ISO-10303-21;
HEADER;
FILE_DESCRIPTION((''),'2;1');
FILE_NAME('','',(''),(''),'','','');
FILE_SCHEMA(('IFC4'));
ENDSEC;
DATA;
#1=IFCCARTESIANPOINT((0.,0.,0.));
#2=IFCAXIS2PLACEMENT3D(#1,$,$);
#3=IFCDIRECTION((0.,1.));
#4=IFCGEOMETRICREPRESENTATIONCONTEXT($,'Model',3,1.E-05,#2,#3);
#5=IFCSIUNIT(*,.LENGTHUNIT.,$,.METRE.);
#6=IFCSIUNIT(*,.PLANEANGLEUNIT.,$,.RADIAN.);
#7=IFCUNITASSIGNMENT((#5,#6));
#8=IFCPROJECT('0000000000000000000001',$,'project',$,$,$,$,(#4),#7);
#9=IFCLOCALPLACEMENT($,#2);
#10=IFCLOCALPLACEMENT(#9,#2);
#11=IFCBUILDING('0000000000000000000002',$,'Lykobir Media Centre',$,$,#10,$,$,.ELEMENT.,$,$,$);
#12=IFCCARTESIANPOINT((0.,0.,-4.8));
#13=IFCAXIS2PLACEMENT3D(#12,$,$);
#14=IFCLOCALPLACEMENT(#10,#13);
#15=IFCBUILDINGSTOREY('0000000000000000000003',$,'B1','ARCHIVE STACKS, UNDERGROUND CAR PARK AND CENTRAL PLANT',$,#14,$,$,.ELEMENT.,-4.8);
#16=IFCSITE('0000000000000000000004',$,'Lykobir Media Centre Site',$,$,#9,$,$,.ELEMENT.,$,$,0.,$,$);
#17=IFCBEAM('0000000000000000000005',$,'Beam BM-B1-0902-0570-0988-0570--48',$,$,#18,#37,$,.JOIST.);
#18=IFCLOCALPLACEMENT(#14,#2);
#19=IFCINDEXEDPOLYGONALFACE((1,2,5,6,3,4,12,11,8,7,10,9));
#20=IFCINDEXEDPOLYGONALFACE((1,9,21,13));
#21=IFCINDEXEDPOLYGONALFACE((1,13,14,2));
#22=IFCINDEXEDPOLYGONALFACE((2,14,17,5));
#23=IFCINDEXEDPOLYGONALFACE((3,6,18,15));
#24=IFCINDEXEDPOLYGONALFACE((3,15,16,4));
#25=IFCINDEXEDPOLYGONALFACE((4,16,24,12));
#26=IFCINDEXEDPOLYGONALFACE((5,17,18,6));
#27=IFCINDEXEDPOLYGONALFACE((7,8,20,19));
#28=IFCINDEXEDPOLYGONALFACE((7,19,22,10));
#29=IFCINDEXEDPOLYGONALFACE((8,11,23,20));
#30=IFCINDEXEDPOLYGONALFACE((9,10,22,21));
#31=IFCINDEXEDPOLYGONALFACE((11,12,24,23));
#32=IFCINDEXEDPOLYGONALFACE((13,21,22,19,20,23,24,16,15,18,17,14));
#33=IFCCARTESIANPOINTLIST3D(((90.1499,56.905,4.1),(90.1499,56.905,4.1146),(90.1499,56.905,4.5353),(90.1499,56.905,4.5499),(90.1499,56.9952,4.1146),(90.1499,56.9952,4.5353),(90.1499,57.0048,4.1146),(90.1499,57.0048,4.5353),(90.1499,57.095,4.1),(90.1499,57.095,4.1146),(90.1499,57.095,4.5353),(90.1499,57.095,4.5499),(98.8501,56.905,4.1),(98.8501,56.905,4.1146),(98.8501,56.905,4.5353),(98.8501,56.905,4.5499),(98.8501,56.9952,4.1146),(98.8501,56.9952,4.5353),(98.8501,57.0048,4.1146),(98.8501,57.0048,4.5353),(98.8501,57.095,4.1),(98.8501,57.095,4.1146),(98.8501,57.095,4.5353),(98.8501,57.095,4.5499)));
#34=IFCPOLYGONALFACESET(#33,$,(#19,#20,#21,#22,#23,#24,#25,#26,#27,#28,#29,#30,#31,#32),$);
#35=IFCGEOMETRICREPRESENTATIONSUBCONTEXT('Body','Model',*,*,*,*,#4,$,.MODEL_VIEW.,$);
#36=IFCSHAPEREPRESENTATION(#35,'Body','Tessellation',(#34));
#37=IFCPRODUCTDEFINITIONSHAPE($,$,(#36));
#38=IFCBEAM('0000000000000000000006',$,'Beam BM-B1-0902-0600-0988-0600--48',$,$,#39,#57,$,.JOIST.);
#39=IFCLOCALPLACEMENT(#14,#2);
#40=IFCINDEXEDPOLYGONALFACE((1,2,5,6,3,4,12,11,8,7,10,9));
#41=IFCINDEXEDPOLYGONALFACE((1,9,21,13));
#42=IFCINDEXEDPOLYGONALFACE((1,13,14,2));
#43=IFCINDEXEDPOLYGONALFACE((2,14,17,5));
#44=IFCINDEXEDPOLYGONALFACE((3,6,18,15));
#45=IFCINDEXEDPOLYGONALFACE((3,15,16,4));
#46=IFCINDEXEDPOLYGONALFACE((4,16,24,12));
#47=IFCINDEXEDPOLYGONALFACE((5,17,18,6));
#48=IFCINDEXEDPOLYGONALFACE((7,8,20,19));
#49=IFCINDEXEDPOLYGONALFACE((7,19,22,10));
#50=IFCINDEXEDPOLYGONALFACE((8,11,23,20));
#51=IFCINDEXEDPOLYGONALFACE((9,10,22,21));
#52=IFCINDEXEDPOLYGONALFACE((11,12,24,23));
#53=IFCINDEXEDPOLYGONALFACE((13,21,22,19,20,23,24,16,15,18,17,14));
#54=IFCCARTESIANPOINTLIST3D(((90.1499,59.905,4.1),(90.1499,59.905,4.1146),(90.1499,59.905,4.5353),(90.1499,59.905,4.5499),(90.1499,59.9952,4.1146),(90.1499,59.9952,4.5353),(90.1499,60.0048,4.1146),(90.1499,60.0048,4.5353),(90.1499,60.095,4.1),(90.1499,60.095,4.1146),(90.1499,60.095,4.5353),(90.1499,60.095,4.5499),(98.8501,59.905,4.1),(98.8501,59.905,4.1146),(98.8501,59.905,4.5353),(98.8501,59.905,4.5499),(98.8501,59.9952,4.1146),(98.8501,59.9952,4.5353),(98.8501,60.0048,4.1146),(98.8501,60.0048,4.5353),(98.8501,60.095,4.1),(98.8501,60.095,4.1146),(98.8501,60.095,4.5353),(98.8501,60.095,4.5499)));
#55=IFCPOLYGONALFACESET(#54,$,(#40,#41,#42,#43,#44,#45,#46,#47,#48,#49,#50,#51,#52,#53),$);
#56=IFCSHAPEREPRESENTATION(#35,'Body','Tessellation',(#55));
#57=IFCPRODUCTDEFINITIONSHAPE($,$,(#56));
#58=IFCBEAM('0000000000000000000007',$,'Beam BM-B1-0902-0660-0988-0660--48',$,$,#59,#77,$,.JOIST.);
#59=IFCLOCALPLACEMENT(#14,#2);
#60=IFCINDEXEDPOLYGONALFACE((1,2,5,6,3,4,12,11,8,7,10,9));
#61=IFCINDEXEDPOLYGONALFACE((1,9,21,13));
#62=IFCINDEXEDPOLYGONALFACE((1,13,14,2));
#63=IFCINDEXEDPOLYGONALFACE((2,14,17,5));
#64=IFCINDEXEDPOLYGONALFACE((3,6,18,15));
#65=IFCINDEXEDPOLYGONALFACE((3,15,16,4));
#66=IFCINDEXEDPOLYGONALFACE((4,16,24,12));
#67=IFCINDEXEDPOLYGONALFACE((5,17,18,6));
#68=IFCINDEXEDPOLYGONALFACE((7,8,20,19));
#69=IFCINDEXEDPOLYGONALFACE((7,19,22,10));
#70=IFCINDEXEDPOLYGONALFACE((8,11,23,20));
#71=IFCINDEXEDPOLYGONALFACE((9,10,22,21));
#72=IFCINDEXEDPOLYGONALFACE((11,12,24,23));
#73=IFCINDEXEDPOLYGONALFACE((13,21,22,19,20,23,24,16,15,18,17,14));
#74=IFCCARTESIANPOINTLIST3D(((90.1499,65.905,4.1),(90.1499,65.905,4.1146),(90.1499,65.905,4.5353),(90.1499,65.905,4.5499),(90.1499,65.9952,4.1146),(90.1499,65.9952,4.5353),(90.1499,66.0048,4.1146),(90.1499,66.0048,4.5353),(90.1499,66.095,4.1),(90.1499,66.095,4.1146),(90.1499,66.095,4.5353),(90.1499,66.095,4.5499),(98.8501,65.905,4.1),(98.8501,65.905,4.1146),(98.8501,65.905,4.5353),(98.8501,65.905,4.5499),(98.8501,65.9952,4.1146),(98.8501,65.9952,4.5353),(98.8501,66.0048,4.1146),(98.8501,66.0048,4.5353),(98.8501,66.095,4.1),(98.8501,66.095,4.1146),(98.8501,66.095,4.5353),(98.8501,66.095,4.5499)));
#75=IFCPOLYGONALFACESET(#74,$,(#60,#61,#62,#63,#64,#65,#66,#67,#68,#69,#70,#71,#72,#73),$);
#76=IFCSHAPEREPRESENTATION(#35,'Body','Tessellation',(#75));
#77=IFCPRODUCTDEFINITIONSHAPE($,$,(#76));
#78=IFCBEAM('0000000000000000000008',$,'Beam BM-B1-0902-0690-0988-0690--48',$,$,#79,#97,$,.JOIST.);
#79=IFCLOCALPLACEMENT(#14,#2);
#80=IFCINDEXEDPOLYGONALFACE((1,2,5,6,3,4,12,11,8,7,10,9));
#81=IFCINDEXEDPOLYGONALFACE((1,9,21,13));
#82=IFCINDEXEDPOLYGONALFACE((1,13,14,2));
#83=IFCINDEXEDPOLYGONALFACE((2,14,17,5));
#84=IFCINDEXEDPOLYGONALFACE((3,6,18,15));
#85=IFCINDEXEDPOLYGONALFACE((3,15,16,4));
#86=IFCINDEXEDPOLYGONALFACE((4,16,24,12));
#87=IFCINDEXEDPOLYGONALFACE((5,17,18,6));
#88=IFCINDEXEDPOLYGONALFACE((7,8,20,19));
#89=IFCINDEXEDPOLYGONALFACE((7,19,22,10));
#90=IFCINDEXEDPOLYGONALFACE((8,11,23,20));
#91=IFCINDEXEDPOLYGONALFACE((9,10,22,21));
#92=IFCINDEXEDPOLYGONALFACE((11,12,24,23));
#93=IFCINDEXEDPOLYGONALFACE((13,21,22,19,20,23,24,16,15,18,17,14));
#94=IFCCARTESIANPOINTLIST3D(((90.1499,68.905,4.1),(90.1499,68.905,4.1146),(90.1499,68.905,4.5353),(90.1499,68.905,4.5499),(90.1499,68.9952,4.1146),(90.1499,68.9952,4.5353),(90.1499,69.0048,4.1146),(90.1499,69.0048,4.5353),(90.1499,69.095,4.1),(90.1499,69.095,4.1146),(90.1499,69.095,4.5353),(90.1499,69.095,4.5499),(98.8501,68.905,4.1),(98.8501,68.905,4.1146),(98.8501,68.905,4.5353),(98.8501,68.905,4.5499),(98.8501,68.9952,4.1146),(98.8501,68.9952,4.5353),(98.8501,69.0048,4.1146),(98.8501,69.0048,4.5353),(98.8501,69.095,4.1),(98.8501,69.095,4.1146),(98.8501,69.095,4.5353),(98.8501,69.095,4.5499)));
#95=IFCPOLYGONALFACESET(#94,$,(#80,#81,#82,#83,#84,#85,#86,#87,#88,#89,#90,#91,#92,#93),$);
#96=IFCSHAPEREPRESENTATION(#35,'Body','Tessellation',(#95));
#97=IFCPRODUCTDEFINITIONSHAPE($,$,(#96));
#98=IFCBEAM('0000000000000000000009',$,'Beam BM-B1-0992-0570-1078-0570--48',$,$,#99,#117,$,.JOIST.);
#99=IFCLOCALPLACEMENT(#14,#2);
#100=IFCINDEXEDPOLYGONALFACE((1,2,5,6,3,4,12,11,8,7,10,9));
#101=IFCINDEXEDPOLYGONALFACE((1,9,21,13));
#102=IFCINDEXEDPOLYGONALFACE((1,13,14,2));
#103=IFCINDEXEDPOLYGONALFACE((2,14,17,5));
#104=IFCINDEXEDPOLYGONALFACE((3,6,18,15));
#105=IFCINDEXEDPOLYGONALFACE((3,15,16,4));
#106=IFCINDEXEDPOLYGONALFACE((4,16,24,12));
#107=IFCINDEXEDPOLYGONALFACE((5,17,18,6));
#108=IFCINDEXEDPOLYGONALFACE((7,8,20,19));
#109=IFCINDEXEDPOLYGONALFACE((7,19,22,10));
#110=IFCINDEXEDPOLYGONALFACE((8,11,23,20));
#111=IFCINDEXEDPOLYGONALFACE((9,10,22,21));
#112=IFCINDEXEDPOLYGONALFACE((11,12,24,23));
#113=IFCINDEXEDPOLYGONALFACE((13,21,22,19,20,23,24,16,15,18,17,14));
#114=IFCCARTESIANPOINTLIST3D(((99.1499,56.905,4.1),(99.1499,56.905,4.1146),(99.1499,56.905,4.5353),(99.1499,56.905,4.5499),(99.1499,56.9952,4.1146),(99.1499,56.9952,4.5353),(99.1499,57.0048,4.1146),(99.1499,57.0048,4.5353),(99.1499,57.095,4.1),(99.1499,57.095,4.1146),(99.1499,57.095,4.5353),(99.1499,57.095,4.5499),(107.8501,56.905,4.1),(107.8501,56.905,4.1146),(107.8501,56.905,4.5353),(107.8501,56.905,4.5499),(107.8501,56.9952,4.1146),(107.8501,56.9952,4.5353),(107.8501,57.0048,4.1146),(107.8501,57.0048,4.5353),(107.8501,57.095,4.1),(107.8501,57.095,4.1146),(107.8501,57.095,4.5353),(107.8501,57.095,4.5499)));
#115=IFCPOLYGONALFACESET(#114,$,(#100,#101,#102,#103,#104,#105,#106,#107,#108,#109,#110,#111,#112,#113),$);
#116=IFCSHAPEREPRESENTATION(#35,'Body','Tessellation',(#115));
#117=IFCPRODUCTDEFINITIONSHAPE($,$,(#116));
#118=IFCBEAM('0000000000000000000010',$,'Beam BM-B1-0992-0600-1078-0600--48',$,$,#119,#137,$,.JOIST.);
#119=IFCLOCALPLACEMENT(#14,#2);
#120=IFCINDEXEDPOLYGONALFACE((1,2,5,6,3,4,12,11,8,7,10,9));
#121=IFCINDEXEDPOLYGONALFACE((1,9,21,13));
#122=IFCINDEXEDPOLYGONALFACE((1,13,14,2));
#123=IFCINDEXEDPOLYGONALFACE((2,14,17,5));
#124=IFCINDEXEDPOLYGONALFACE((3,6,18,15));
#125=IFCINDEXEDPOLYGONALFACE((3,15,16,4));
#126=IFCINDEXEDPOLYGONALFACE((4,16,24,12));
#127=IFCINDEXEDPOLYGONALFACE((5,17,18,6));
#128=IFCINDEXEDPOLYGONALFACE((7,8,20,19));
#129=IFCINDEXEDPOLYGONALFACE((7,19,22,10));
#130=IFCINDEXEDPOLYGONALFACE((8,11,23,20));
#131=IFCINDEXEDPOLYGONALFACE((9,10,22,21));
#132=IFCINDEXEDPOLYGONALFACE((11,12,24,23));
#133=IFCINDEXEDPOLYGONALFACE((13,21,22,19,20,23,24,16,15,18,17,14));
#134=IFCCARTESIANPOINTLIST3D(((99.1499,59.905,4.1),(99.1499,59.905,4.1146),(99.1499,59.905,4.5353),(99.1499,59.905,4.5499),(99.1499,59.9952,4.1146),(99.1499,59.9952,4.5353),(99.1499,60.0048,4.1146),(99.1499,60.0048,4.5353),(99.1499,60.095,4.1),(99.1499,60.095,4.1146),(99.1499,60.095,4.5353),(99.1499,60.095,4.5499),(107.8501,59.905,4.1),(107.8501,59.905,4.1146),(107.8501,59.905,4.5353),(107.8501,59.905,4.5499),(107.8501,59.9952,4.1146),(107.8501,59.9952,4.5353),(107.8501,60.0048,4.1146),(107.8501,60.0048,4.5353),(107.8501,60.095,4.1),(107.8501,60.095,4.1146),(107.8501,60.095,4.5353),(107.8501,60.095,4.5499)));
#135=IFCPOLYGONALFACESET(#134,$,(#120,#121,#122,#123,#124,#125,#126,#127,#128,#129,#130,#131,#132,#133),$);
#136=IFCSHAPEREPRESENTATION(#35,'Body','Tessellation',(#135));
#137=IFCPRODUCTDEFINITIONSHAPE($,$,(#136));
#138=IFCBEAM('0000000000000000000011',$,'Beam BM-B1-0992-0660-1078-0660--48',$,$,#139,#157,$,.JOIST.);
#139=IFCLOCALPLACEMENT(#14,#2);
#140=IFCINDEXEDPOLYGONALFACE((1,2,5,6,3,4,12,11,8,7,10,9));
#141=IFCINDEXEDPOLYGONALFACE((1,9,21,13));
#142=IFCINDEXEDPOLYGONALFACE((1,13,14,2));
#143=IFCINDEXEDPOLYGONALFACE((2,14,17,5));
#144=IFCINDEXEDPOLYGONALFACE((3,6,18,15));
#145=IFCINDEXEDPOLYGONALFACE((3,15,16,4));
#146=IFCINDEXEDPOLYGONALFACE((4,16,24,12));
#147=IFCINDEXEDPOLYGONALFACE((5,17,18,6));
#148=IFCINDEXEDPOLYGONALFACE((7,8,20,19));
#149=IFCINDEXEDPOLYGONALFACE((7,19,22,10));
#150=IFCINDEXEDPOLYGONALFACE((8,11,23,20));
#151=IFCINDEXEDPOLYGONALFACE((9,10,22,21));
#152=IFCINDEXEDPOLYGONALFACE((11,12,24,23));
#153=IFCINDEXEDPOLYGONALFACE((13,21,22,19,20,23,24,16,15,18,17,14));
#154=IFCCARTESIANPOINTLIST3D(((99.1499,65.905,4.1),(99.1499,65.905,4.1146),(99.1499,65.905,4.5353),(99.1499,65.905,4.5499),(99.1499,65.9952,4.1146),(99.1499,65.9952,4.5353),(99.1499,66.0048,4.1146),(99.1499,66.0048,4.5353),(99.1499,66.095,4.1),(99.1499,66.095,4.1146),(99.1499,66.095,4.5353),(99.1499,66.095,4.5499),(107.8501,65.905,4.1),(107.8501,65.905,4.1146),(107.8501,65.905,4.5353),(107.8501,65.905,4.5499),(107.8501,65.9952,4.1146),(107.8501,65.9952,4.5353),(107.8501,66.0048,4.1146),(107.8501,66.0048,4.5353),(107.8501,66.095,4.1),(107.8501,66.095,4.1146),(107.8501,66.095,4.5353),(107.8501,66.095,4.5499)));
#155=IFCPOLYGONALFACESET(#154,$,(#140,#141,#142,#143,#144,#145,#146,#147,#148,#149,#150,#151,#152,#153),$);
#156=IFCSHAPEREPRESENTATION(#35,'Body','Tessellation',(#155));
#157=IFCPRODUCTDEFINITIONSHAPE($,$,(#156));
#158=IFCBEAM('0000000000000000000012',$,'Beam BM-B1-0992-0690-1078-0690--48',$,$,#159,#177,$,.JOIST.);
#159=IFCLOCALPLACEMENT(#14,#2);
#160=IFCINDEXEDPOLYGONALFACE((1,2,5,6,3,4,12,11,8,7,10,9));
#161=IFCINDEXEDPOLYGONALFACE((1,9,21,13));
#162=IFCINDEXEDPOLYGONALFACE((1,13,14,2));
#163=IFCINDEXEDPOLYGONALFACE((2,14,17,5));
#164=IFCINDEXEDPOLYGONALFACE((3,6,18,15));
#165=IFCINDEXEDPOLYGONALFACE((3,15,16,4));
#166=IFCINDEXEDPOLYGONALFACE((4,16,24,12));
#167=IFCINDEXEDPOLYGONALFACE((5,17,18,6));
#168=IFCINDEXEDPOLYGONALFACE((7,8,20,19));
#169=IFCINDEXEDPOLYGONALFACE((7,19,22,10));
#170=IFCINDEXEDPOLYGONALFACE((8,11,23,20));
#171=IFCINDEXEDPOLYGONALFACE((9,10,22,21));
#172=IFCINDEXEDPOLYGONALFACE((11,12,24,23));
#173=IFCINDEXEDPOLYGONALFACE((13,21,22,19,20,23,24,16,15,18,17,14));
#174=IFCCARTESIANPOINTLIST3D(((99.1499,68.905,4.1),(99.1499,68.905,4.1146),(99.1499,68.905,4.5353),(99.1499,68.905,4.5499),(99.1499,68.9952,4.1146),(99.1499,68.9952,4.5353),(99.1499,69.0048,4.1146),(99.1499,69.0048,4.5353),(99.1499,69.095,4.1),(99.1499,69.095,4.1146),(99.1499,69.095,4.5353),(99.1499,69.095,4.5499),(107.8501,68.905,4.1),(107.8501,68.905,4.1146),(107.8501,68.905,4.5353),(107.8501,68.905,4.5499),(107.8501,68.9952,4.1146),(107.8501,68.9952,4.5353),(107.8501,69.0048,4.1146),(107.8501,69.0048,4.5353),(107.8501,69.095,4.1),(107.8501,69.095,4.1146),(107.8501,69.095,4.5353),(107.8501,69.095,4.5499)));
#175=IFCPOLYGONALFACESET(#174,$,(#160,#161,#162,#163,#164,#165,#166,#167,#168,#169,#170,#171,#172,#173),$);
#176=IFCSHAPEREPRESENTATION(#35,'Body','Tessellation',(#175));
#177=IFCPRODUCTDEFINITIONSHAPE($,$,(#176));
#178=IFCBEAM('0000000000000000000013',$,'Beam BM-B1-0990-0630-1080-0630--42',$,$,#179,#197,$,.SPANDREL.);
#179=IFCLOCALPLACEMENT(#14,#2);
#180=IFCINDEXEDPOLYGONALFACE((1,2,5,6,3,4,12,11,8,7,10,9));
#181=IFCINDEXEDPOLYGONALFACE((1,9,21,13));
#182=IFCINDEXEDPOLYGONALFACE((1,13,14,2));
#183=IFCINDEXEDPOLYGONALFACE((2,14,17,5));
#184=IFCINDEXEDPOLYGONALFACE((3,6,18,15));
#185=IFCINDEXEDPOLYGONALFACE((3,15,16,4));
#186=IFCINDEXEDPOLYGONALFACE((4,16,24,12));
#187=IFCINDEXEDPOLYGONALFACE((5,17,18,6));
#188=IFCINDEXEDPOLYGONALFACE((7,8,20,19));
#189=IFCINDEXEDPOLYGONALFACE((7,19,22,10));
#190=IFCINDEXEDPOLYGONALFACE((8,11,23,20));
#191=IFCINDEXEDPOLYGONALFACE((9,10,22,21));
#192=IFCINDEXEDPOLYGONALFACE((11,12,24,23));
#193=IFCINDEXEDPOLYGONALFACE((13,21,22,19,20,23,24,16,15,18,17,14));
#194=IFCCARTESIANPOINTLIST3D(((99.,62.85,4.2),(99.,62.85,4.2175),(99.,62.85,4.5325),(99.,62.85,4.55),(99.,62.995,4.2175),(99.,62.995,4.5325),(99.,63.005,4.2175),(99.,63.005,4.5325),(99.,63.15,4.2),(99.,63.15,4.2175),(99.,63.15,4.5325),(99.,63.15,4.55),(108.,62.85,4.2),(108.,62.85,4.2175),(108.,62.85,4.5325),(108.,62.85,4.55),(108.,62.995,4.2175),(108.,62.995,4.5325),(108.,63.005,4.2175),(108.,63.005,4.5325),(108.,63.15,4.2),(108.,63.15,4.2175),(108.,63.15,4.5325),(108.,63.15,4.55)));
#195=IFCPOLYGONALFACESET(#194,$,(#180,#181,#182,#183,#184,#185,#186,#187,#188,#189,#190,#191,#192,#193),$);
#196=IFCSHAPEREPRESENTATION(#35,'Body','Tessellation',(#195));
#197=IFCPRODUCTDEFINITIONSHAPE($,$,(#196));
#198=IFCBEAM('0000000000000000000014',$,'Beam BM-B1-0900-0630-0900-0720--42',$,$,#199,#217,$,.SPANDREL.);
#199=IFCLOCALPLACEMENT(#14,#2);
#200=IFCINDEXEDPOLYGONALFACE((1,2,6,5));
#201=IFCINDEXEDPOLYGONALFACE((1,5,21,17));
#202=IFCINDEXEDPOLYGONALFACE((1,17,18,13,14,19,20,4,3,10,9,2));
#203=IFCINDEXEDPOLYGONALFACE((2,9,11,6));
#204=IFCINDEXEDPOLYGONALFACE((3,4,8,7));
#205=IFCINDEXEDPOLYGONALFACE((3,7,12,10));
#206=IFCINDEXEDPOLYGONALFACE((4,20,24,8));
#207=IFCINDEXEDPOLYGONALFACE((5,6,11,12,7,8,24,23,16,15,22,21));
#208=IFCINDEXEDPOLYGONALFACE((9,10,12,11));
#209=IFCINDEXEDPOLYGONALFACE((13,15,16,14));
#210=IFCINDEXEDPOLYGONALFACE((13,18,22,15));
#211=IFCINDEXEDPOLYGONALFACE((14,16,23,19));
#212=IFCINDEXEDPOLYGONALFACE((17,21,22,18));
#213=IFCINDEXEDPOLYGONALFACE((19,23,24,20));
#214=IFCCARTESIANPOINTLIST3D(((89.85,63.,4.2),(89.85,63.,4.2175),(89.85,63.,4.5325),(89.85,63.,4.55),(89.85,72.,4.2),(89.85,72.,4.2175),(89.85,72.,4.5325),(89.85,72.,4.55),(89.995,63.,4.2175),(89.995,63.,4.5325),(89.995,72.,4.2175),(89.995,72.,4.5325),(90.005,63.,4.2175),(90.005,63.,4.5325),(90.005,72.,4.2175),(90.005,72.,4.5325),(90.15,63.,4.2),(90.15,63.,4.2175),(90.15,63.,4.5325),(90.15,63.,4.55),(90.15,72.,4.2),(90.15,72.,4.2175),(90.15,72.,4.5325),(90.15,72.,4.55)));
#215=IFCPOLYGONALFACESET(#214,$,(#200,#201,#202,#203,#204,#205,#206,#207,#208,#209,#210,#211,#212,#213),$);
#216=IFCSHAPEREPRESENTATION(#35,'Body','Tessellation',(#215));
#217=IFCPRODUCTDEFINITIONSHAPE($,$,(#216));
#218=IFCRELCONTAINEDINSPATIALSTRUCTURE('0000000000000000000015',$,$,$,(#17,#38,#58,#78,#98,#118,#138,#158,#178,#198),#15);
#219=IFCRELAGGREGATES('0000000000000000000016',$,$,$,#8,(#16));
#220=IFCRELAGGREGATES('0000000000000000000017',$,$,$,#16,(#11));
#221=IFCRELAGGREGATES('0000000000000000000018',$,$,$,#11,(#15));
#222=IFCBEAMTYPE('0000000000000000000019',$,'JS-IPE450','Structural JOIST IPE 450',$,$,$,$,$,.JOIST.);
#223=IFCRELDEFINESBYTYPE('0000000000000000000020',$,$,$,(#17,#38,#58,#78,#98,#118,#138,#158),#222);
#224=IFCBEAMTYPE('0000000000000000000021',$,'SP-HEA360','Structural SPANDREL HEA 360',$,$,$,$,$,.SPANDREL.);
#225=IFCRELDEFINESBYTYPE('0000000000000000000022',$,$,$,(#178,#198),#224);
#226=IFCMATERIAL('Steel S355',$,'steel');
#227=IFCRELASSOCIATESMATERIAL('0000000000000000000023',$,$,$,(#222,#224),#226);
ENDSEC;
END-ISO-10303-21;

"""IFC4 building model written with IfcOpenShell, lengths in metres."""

from ifc_helpers import new_model, si_unit, direction, frame, origin, origin_2d, place, context, subcontext, project, spatial, i_section, extrude, material, material_profile, profile_set, type_object, element, save


model = new_model("IFC4")

# Units and contexts
model_context = context("Model", 3, precision=1e-05, world=origin(), true_north=direction((0.0, 1.0)))
body_context = subcontext(model_context, "Body", "Model", "MODEL_VIEW")
ifc_project = project(units=[si_unit("LENGTHUNIT", "METRE"), si_unit("PLANEANGLEUNIT", "RADIAN")], contexts=[model_context])

# Site, building, storey
site_placement = place(None, origin())
site = spatial("IfcSite", under=ifc_project, at=site_placement, Name="Lykobir Media Centre Site", CompositionType="ELEMENT", RefElevation=0.0)
building_placement = place(site_placement, origin())
building = spatial("IfcBuilding", under=site, at=building_placement, Name="Lykobir Media Centre", CompositionType="ELEMENT")
storey_placement = place(building_placement, frame((0.0, 0.0, -4.8)))
storey = spatial("IfcBuildingStorey", under=building, at=storey_placement, Name="B1", Description="ARCHIVE STACKS, UNDERGROUND CAR PARK AND CENTRAL PLANT", CompositionType="ELEMENT", Elevation=-4.8)

# Beams
ifc_material_1 = material(Name="Steel S355", Category="steel")
ifc_material_profile_1 = material_profile(ifc_material_1, i_section(OverallWidth=0.1899, OverallDepth=0.45, WebThickness=0.0095, FlangeThickness=0.0146, at=origin_2d()), Name="IPE 450")
ifc_profile_set_1 = profile_set([ifc_material_profile_1], Name="Steel S355")
beam_type_1 = type_object("IfcBeamType", Name="JS-IPE450", Description="Structural JOIST IPE 450", PredefinedType="JOIST", material=ifc_profile_set_1)
for number, where, z_axis, x_axis, name in (
    (1, (90.1499, 57.0, 4.325), (1.0, 0.0, 0.0), (0.0, 1.0, 0.0), "Beam BM-B1-0902-0570-0988-0570--48"),
    (2, (90.1499, 60.0, 4.325), (1.0, 0.0, 0.0), (0.0, 1.0, 0.0), "Beam BM-B1-0902-0600-0988-0600--48"),
    (3, (90.1499, 66.0, 4.325), (1.0, 0.0, 0.0), (0.0, 1.0, 0.0), "Beam BM-B1-0902-0660-0988-0660--48"),
    (4, (90.1499, 69.0, 4.325), (1.0, 0.0, 0.0), (0.0, 1.0, 0.0), "Beam BM-B1-0902-0690-0988-0690--48"),
    (5, (99.1499, 57.0, 4.325), (1.0, 0.0, 0.0), (0.0, 1.0, 0.0), "Beam BM-B1-0992-0570-1078-0570--48"),
    (6, (99.1499, 60.0, 4.325), (1.0, 0.0, 0.0), (0.0, 1.0, 0.0), "Beam BM-B1-0992-0600-1078-0600--48"),
    (7, (99.1499, 66.0, 4.325), (1.0, 0.0, 0.0), (0.0, 1.0, 0.0), "Beam BM-B1-0992-0660-1078-0660--48"),
    (8, (99.1499, 69.0, 4.325), (1.0, 0.0, 0.0), (0.0, 1.0, 0.0), "Beam BM-B1-0992-0690-1078-0690--48"),
):
    element("IfcBeam", number, at=place(storey_placement, frame(where, z_axis=z_axis, x_axis=x_axis)), inside=storey, type_object=beam_type_1, Name=name, PredefinedType="JOIST", context=body_context, shape_type="SweptSolid", body=[
        extrude(i_section(OverallWidth=0.1899, OverallDepth=0.45, WebThickness=0.0095, FlangeThickness=0.0146, at=origin_2d()), origin(), (0.0, 0.0, 1.0), 8.7002),
    ])
ifc_material_profile_2 = material_profile(ifc_material_1, i_section(OverallWidth=0.3, OverallDepth=0.3501, WebThickness=0.01, FlangeThickness=0.0176, at=origin_2d()), Name="HEA 360")
ifc_profile_set_2 = profile_set([ifc_material_profile_2], Name="Steel S355")
beam_type_2 = type_object("IfcBeamType", Name="SP-HEA360", Description="Structural SPANDREL HEA 360", PredefinedType="SPANDREL", material=ifc_profile_set_2)
for number, where, z_axis, x_axis, name in (
    (9, (99.0, 63.0, 4.375), (1.0, 0.0, 0.0), (0.0, 1.0, 0.0), "Beam BM-B1-0990-0630-1080-0630--42"),
    (10, (90.0, 63.0, 4.375), (0.0, 1.0, 0.0), (-1.0, 0.0, 0.0), "Beam BM-B1-0900-0630-0900-0720--42"),
):
    element("IfcBeam", number, at=place(storey_placement, frame(where, z_axis=z_axis, x_axis=x_axis)), inside=storey, type_object=beam_type_2, Name=name, PredefinedType="SPANDREL", context=body_context, shape_type="SweptSolid", body=[
        extrude(i_section(OverallWidth=0.3, OverallDepth=0.3501, WebThickness=0.01, FlangeThickness=0.0176, at=origin_2d()), origin(), (0.0, 0.0, 1.0), 9.0),
    ])

save(model, "model.ifc")
